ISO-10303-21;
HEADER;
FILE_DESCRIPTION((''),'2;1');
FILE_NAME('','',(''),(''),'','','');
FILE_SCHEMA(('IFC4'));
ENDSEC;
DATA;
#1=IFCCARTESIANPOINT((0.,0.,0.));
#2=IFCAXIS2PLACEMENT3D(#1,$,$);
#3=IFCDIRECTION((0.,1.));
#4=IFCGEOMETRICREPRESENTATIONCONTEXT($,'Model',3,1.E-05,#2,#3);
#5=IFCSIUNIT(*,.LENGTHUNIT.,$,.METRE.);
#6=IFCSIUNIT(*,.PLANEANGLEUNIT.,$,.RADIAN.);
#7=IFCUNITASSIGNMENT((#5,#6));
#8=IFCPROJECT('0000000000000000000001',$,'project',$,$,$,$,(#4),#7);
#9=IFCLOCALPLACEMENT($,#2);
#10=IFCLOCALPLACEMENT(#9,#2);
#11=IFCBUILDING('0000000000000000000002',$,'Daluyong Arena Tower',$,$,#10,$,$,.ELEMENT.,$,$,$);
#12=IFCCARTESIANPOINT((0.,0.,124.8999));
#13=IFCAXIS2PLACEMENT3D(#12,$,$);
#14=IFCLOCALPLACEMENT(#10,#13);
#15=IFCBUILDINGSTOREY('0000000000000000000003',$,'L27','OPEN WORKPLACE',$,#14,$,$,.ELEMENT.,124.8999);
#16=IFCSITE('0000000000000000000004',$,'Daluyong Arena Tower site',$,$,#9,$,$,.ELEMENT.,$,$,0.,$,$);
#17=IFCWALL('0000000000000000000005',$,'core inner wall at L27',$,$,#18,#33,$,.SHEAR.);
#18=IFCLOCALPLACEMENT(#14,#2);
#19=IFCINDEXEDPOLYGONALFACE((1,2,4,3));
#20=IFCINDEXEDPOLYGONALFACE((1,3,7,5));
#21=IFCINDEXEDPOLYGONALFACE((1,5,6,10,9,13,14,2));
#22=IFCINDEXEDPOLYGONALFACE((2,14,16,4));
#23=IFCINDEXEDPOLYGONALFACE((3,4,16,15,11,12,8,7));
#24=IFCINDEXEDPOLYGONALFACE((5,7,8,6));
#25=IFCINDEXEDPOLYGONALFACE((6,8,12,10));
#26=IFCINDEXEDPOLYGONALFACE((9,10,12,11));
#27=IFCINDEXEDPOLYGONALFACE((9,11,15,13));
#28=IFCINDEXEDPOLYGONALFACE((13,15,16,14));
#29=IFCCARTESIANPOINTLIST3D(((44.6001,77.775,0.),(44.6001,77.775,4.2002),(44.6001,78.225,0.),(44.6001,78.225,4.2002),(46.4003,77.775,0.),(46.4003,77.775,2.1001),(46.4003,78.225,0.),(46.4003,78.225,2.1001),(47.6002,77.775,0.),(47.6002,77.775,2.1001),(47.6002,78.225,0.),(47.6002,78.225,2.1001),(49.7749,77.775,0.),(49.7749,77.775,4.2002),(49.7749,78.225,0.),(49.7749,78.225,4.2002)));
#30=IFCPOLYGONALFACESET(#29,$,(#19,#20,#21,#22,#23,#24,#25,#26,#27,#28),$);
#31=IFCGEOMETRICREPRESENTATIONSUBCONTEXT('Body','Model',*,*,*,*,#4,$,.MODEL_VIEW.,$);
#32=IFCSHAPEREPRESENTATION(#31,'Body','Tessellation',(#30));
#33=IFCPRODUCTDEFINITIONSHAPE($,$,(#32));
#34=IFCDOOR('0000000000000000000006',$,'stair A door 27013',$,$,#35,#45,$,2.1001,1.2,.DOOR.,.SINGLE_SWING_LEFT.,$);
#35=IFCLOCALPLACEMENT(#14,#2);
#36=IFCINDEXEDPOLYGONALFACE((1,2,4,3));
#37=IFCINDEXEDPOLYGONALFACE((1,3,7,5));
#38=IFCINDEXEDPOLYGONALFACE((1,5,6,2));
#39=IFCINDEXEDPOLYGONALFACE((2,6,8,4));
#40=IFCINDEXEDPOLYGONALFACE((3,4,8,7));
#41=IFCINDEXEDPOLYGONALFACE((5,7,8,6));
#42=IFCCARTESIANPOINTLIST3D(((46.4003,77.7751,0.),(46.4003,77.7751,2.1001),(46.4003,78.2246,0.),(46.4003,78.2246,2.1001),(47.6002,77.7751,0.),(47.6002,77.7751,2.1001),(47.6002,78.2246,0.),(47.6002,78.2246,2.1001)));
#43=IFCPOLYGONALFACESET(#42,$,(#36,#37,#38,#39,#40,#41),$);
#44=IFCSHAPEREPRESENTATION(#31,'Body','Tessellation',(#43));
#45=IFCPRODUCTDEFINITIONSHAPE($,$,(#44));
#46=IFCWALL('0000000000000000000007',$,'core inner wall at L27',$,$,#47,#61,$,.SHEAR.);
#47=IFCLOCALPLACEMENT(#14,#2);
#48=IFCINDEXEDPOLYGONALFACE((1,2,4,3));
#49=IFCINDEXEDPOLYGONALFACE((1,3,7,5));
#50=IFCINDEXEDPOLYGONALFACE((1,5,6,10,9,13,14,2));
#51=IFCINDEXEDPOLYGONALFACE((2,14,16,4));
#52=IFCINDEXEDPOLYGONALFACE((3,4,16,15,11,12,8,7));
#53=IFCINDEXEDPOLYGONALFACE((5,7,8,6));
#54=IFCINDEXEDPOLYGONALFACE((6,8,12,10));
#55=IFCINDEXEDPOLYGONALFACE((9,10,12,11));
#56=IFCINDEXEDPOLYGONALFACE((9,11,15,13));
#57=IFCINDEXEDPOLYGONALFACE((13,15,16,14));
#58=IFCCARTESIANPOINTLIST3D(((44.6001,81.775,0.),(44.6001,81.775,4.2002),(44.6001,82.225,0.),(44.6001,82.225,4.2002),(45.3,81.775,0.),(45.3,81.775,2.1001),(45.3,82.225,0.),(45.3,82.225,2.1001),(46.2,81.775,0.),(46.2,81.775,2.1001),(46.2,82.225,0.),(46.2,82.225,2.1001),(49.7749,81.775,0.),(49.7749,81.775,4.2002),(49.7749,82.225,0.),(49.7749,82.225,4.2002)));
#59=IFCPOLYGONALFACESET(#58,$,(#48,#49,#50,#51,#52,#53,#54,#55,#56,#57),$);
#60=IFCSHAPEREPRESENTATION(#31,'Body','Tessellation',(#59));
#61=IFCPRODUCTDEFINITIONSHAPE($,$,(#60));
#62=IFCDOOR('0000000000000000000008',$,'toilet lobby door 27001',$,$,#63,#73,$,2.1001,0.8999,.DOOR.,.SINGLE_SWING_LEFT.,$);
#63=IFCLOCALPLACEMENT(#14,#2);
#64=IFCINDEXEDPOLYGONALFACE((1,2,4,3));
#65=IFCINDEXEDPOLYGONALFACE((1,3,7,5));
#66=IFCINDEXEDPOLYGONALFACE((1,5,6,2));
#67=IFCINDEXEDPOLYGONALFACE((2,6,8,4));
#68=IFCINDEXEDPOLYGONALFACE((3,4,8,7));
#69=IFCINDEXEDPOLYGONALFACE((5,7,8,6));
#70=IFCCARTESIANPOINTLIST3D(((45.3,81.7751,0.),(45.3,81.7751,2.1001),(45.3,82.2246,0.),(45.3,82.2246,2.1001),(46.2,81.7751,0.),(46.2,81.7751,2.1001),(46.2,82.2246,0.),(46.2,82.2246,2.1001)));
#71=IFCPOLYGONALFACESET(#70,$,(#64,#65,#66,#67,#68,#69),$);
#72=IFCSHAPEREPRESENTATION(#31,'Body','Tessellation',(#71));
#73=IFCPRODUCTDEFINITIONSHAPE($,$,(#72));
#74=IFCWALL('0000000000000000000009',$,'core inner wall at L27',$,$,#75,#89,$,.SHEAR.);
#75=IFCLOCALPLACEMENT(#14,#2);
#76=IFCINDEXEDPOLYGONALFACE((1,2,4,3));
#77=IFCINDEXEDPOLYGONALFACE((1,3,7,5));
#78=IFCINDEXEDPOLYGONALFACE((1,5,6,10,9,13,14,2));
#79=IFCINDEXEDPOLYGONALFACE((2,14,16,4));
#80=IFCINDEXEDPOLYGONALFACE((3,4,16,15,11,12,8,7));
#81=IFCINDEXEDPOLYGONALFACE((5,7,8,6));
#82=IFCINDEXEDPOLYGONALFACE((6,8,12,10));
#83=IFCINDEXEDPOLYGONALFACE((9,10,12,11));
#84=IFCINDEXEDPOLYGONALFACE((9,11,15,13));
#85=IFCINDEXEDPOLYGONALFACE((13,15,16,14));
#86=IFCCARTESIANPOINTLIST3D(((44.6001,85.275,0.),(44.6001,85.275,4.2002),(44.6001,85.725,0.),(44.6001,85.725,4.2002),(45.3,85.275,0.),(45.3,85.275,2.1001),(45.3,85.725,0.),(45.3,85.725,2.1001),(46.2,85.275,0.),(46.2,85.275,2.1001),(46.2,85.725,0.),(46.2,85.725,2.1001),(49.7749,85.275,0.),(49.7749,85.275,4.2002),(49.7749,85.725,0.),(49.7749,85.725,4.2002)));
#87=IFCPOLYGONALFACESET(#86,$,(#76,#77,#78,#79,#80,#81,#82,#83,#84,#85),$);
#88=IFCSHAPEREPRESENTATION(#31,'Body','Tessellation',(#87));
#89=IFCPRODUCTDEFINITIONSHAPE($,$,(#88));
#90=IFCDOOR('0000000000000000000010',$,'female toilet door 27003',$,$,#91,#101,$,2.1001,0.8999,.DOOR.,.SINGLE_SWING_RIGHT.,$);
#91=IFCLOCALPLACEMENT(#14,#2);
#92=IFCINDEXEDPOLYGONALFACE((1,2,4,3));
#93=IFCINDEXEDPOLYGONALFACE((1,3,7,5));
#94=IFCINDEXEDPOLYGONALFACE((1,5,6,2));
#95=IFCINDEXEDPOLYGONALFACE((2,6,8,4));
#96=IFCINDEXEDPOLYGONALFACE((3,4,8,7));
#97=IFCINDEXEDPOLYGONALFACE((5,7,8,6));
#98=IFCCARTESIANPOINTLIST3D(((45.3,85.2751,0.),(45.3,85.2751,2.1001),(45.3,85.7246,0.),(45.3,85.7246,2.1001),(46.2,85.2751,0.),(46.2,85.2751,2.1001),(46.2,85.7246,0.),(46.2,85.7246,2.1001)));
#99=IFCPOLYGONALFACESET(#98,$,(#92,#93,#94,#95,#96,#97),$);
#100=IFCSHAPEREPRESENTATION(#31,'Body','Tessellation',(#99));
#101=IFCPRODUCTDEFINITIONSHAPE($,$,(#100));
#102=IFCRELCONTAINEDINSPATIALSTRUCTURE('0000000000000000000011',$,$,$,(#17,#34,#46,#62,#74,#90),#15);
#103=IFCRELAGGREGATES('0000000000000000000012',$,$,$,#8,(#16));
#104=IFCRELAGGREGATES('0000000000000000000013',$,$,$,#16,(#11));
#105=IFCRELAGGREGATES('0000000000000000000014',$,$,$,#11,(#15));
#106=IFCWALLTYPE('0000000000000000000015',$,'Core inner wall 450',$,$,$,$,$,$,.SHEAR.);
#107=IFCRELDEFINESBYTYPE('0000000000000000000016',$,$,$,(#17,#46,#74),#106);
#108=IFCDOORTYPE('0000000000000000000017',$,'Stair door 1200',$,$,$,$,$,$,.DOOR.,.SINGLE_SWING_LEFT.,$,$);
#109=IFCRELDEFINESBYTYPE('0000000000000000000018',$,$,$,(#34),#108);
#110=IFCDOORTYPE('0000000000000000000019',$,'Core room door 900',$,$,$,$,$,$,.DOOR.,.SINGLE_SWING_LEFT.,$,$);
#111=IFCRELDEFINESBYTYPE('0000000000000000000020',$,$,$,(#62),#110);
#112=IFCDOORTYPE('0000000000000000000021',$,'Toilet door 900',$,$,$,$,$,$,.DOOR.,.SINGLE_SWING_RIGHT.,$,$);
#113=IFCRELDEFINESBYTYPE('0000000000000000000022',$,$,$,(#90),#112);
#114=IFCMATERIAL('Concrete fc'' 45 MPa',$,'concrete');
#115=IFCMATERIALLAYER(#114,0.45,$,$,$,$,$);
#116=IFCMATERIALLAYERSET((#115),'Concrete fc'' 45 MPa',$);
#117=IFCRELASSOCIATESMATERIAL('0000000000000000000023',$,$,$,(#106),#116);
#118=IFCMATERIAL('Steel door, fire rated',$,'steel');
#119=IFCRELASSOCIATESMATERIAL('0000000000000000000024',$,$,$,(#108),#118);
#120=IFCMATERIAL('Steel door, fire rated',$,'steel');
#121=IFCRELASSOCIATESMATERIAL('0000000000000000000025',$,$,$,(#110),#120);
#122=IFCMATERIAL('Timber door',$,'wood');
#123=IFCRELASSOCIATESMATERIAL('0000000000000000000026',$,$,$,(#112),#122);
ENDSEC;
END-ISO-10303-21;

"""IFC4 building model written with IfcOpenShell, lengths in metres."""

from ifc_helpers import new_model, si_unit, direction, frame, frame_2d, origin, place, context, subcontext, project, spatial, rectangle, extrude, material, layer, layer_set, type_object, element, fill, save


model = new_model("IFC4")

# Units and contexts
model_context = context("Model", 3, precision=1e-05, world=origin(), true_north=direction((0.0, 1.0)))
body_context = subcontext(model_context, "Body", "Model", "MODEL_VIEW")
ifc_project = project(units=[si_unit("LENGTHUNIT", "METRE"), si_unit("PLANEANGLEUNIT", "RADIAN")], contexts=[model_context])

# Site, building, storey
site_placement = place(None, origin())
site = spatial("IfcSite", under=ifc_project, at=site_placement, Name="Daluyong Arena Tower site", CompositionType="ELEMENT", RefElevation=0.0)
building_placement = place(site_placement, origin())
building = spatial("IfcBuilding", under=site, at=building_placement, Name="Daluyong Arena Tower", CompositionType="ELEMENT")
storey_placement = place(building_placement, frame((0.0, 0.0, 124.8999)))
storey = spatial("IfcBuildingStorey", under=building, at=storey_placement, Name="L27", Description="OPEN WORKPLACE", CompositionType="ELEMENT", Elevation=124.8999)

# Walls, openings, doors
ifc_material_1 = material(Name="Concrete fc' 45 MPa", Category="concrete")
ifc_layer_1 = layer(ifc_material_1, 0.45)
ifc_layer_set_1 = layer_set([ifc_layer_1], Name="Concrete fc' 45 MPa")
wall_type_1 = type_object("IfcWallType", Name="Core inner wall 450", PredefinedType="SHEAR", material=ifc_layer_set_1)
wall_1_placement = place(storey_placement, frame((44.6001, 78.0, 0.0), z_axis=(0.0, 0.0, 1.0), x_axis=(1.0, 0.0, 0.0)))
wall_1 = element("IfcWall", 1, at=wall_1_placement, inside=storey, type_object=wall_type_1, Name="core inner wall at L27", PredefinedType="SHEAR", context=body_context, shape_type="SweptSolid", body=[
    extrude(rectangle(XDim=5.1748, YDim=0.45, at=frame_2d((2.5874, 0.0))), origin(), (0.0, 0.0, 1.0), 4.2002),
])
opening_1_placement = place(wall_1_placement, frame((1.8, 0.0, 0.0)))
opening_1 = element("IfcOpeningElement", 2, at=opening_1_placement, cuts=wall_1, PredefinedType="OPENING", context=body_context, shape_type="SweptSolid", body=[
    extrude(rectangle(XDim=1.2, YDim=2.1001, at=frame_2d((0.6001, 1.05))), frame((0.0, 0.2349, 0.0), z_axis=(0.0, -1.0, 0.0), x_axis=(1.0, 0.0, 0.0)), (0.0, 0.0, 1.0), 0.47),
])
ifc_material_2 = material(Name="Steel door, fire rated", Category="steel")
door_type_1 = type_object("IfcDoorType", Name="Stair door 1200", OperationType="SINGLE_SWING_LEFT", PredefinedType="DOOR", material=ifc_material_2)
door_1_placement = place(opening_1_placement, origin())
door_1 = element("IfcDoor", 3, at=door_1_placement, inside=storey, type_object=door_type_1, Name="stair A door 27013", OperationType="SINGLE_SWING_LEFT", OverallHeight=2.1001, OverallWidth=1.2, PredefinedType="DOOR", context=body_context, shape_type="SweptSolid", body=[
    extrude(rectangle(XDim=1.2, YDim=2.1001, at=frame_2d((0.6001, 1.05))), frame((0.0, 0.2246, 0.0), z_axis=(0.0, -1.0, 0.0), x_axis=(1.0, 0.0, 0.0)), (0.0, 0.0, 1.0), 0.4495),
])
fill(opening_1, door_1)
wall_2_placement = place(storey_placement, frame((44.6001, 82.0, 0.0), z_axis=(0.0, 0.0, 1.0), x_axis=(1.0, 0.0, 0.0)))
wall_2 = element("IfcWall", 4, at=wall_2_placement, inside=storey, type_object=wall_type_1, Name="core inner wall at L27", PredefinedType="SHEAR", context=body_context, shape_type="SweptSolid", body=[
    extrude(rectangle(XDim=5.1748, YDim=0.45, at=frame_2d((2.5874, 0.0))), origin(), (0.0, 0.0, 1.0), 4.2002),
])
opening_2_placement = place(wall_2_placement, frame((0.7, 0.0, 0.0)))
opening_2 = element("IfcOpeningElement", 5, at=opening_2_placement, cuts=wall_2, PredefinedType="OPENING", context=body_context, shape_type="SweptSolid", body=[
    extrude(rectangle(XDim=0.8999, YDim=2.1001, at=frame_2d((0.45, 1.05))), frame((0.0, 0.2349, 0.0), z_axis=(0.0, -1.0, 0.0), x_axis=(1.0, 0.0, 0.0)), (0.0, 0.0, 1.0), 0.47),
])
ifc_material_3 = material(Name="Steel door, fire rated", Category="steel")
door_type_2 = type_object("IfcDoorType", Name="Core room door 900", OperationType="SINGLE_SWING_LEFT", PredefinedType="DOOR", material=ifc_material_3)
door_2_placement = place(opening_2_placement, origin())
door_2 = element("IfcDoor", 6, at=door_2_placement, inside=storey, type_object=door_type_2, Name="toilet lobby door 27001", OperationType="SINGLE_SWING_LEFT", OverallHeight=2.1001, OverallWidth=0.8999, PredefinedType="DOOR", context=body_context, shape_type="SweptSolid", body=[
    extrude(rectangle(XDim=0.8999, YDim=2.1001, at=frame_2d((0.45, 1.05))), frame((0.0, 0.2246, 0.0), z_axis=(0.0, -1.0, 0.0), x_axis=(1.0, 0.0, 0.0)), (0.0, 0.0, 1.0), 0.4495),
])
fill(opening_2, door_2)
wall_3_placement = place(storey_placement, frame((44.6001, 85.5, 0.0), z_axis=(0.0, 0.0, 1.0), x_axis=(1.0, 0.0, 0.0)))
wall_3 = element("IfcWall", 7, at=wall_3_placement, inside=storey, type_object=wall_type_1, Name="core inner wall at L27", PredefinedType="SHEAR", context=body_context, shape_type="SweptSolid", body=[
    extrude(rectangle(XDim=5.1748, YDim=0.45, at=frame_2d((2.5874, 0.0))), origin(), (0.0, 0.0, 1.0), 4.2002),
])
opening_3_placement = place(wall_3_placement, frame((0.7, 0.0, 0.0)))
opening_3 = element("IfcOpeningElement", 8, at=opening_3_placement, cuts=wall_3, PredefinedType="OPENING", context=body_context, shape_type="SweptSolid", body=[
    extrude(rectangle(XDim=0.8999, YDim=2.1001, at=frame_2d((0.45, 1.05))), frame((0.0, 0.2349, 0.0), z_axis=(0.0, -1.0, 0.0), x_axis=(1.0, 0.0, 0.0)), (0.0, 0.0, 1.0), 0.47),
])
ifc_material_4 = material(Name="Timber door", Category="wood")
door_type_3 = type_object("IfcDoorType", Name="Toilet door 900", OperationType="SINGLE_SWING_RIGHT", PredefinedType="DOOR", material=ifc_material_4)
door_3_placement = place(opening_3_placement, origin())
door_3 = element("IfcDoor", 9, at=door_3_placement, inside=storey, type_object=door_type_3, Name="female toilet door 27003", OperationType="SINGLE_SWING_RIGHT", OverallHeight=2.1001, OverallWidth=0.8999, PredefinedType="DOOR", context=body_context, shape_type="SweptSolid", body=[
    extrude(rectangle(XDim=0.8999, YDim=2.1001, at=frame_2d((0.45, 1.05))), frame((0.0, 0.2246, 0.0), z_axis=(0.0, -1.0, 0.0), x_axis=(1.0, 0.0, 0.0)), (0.0, 0.0, 1.0), 0.4495),
])
fill(opening_3, door_3)

save(model, "model.ifc")
